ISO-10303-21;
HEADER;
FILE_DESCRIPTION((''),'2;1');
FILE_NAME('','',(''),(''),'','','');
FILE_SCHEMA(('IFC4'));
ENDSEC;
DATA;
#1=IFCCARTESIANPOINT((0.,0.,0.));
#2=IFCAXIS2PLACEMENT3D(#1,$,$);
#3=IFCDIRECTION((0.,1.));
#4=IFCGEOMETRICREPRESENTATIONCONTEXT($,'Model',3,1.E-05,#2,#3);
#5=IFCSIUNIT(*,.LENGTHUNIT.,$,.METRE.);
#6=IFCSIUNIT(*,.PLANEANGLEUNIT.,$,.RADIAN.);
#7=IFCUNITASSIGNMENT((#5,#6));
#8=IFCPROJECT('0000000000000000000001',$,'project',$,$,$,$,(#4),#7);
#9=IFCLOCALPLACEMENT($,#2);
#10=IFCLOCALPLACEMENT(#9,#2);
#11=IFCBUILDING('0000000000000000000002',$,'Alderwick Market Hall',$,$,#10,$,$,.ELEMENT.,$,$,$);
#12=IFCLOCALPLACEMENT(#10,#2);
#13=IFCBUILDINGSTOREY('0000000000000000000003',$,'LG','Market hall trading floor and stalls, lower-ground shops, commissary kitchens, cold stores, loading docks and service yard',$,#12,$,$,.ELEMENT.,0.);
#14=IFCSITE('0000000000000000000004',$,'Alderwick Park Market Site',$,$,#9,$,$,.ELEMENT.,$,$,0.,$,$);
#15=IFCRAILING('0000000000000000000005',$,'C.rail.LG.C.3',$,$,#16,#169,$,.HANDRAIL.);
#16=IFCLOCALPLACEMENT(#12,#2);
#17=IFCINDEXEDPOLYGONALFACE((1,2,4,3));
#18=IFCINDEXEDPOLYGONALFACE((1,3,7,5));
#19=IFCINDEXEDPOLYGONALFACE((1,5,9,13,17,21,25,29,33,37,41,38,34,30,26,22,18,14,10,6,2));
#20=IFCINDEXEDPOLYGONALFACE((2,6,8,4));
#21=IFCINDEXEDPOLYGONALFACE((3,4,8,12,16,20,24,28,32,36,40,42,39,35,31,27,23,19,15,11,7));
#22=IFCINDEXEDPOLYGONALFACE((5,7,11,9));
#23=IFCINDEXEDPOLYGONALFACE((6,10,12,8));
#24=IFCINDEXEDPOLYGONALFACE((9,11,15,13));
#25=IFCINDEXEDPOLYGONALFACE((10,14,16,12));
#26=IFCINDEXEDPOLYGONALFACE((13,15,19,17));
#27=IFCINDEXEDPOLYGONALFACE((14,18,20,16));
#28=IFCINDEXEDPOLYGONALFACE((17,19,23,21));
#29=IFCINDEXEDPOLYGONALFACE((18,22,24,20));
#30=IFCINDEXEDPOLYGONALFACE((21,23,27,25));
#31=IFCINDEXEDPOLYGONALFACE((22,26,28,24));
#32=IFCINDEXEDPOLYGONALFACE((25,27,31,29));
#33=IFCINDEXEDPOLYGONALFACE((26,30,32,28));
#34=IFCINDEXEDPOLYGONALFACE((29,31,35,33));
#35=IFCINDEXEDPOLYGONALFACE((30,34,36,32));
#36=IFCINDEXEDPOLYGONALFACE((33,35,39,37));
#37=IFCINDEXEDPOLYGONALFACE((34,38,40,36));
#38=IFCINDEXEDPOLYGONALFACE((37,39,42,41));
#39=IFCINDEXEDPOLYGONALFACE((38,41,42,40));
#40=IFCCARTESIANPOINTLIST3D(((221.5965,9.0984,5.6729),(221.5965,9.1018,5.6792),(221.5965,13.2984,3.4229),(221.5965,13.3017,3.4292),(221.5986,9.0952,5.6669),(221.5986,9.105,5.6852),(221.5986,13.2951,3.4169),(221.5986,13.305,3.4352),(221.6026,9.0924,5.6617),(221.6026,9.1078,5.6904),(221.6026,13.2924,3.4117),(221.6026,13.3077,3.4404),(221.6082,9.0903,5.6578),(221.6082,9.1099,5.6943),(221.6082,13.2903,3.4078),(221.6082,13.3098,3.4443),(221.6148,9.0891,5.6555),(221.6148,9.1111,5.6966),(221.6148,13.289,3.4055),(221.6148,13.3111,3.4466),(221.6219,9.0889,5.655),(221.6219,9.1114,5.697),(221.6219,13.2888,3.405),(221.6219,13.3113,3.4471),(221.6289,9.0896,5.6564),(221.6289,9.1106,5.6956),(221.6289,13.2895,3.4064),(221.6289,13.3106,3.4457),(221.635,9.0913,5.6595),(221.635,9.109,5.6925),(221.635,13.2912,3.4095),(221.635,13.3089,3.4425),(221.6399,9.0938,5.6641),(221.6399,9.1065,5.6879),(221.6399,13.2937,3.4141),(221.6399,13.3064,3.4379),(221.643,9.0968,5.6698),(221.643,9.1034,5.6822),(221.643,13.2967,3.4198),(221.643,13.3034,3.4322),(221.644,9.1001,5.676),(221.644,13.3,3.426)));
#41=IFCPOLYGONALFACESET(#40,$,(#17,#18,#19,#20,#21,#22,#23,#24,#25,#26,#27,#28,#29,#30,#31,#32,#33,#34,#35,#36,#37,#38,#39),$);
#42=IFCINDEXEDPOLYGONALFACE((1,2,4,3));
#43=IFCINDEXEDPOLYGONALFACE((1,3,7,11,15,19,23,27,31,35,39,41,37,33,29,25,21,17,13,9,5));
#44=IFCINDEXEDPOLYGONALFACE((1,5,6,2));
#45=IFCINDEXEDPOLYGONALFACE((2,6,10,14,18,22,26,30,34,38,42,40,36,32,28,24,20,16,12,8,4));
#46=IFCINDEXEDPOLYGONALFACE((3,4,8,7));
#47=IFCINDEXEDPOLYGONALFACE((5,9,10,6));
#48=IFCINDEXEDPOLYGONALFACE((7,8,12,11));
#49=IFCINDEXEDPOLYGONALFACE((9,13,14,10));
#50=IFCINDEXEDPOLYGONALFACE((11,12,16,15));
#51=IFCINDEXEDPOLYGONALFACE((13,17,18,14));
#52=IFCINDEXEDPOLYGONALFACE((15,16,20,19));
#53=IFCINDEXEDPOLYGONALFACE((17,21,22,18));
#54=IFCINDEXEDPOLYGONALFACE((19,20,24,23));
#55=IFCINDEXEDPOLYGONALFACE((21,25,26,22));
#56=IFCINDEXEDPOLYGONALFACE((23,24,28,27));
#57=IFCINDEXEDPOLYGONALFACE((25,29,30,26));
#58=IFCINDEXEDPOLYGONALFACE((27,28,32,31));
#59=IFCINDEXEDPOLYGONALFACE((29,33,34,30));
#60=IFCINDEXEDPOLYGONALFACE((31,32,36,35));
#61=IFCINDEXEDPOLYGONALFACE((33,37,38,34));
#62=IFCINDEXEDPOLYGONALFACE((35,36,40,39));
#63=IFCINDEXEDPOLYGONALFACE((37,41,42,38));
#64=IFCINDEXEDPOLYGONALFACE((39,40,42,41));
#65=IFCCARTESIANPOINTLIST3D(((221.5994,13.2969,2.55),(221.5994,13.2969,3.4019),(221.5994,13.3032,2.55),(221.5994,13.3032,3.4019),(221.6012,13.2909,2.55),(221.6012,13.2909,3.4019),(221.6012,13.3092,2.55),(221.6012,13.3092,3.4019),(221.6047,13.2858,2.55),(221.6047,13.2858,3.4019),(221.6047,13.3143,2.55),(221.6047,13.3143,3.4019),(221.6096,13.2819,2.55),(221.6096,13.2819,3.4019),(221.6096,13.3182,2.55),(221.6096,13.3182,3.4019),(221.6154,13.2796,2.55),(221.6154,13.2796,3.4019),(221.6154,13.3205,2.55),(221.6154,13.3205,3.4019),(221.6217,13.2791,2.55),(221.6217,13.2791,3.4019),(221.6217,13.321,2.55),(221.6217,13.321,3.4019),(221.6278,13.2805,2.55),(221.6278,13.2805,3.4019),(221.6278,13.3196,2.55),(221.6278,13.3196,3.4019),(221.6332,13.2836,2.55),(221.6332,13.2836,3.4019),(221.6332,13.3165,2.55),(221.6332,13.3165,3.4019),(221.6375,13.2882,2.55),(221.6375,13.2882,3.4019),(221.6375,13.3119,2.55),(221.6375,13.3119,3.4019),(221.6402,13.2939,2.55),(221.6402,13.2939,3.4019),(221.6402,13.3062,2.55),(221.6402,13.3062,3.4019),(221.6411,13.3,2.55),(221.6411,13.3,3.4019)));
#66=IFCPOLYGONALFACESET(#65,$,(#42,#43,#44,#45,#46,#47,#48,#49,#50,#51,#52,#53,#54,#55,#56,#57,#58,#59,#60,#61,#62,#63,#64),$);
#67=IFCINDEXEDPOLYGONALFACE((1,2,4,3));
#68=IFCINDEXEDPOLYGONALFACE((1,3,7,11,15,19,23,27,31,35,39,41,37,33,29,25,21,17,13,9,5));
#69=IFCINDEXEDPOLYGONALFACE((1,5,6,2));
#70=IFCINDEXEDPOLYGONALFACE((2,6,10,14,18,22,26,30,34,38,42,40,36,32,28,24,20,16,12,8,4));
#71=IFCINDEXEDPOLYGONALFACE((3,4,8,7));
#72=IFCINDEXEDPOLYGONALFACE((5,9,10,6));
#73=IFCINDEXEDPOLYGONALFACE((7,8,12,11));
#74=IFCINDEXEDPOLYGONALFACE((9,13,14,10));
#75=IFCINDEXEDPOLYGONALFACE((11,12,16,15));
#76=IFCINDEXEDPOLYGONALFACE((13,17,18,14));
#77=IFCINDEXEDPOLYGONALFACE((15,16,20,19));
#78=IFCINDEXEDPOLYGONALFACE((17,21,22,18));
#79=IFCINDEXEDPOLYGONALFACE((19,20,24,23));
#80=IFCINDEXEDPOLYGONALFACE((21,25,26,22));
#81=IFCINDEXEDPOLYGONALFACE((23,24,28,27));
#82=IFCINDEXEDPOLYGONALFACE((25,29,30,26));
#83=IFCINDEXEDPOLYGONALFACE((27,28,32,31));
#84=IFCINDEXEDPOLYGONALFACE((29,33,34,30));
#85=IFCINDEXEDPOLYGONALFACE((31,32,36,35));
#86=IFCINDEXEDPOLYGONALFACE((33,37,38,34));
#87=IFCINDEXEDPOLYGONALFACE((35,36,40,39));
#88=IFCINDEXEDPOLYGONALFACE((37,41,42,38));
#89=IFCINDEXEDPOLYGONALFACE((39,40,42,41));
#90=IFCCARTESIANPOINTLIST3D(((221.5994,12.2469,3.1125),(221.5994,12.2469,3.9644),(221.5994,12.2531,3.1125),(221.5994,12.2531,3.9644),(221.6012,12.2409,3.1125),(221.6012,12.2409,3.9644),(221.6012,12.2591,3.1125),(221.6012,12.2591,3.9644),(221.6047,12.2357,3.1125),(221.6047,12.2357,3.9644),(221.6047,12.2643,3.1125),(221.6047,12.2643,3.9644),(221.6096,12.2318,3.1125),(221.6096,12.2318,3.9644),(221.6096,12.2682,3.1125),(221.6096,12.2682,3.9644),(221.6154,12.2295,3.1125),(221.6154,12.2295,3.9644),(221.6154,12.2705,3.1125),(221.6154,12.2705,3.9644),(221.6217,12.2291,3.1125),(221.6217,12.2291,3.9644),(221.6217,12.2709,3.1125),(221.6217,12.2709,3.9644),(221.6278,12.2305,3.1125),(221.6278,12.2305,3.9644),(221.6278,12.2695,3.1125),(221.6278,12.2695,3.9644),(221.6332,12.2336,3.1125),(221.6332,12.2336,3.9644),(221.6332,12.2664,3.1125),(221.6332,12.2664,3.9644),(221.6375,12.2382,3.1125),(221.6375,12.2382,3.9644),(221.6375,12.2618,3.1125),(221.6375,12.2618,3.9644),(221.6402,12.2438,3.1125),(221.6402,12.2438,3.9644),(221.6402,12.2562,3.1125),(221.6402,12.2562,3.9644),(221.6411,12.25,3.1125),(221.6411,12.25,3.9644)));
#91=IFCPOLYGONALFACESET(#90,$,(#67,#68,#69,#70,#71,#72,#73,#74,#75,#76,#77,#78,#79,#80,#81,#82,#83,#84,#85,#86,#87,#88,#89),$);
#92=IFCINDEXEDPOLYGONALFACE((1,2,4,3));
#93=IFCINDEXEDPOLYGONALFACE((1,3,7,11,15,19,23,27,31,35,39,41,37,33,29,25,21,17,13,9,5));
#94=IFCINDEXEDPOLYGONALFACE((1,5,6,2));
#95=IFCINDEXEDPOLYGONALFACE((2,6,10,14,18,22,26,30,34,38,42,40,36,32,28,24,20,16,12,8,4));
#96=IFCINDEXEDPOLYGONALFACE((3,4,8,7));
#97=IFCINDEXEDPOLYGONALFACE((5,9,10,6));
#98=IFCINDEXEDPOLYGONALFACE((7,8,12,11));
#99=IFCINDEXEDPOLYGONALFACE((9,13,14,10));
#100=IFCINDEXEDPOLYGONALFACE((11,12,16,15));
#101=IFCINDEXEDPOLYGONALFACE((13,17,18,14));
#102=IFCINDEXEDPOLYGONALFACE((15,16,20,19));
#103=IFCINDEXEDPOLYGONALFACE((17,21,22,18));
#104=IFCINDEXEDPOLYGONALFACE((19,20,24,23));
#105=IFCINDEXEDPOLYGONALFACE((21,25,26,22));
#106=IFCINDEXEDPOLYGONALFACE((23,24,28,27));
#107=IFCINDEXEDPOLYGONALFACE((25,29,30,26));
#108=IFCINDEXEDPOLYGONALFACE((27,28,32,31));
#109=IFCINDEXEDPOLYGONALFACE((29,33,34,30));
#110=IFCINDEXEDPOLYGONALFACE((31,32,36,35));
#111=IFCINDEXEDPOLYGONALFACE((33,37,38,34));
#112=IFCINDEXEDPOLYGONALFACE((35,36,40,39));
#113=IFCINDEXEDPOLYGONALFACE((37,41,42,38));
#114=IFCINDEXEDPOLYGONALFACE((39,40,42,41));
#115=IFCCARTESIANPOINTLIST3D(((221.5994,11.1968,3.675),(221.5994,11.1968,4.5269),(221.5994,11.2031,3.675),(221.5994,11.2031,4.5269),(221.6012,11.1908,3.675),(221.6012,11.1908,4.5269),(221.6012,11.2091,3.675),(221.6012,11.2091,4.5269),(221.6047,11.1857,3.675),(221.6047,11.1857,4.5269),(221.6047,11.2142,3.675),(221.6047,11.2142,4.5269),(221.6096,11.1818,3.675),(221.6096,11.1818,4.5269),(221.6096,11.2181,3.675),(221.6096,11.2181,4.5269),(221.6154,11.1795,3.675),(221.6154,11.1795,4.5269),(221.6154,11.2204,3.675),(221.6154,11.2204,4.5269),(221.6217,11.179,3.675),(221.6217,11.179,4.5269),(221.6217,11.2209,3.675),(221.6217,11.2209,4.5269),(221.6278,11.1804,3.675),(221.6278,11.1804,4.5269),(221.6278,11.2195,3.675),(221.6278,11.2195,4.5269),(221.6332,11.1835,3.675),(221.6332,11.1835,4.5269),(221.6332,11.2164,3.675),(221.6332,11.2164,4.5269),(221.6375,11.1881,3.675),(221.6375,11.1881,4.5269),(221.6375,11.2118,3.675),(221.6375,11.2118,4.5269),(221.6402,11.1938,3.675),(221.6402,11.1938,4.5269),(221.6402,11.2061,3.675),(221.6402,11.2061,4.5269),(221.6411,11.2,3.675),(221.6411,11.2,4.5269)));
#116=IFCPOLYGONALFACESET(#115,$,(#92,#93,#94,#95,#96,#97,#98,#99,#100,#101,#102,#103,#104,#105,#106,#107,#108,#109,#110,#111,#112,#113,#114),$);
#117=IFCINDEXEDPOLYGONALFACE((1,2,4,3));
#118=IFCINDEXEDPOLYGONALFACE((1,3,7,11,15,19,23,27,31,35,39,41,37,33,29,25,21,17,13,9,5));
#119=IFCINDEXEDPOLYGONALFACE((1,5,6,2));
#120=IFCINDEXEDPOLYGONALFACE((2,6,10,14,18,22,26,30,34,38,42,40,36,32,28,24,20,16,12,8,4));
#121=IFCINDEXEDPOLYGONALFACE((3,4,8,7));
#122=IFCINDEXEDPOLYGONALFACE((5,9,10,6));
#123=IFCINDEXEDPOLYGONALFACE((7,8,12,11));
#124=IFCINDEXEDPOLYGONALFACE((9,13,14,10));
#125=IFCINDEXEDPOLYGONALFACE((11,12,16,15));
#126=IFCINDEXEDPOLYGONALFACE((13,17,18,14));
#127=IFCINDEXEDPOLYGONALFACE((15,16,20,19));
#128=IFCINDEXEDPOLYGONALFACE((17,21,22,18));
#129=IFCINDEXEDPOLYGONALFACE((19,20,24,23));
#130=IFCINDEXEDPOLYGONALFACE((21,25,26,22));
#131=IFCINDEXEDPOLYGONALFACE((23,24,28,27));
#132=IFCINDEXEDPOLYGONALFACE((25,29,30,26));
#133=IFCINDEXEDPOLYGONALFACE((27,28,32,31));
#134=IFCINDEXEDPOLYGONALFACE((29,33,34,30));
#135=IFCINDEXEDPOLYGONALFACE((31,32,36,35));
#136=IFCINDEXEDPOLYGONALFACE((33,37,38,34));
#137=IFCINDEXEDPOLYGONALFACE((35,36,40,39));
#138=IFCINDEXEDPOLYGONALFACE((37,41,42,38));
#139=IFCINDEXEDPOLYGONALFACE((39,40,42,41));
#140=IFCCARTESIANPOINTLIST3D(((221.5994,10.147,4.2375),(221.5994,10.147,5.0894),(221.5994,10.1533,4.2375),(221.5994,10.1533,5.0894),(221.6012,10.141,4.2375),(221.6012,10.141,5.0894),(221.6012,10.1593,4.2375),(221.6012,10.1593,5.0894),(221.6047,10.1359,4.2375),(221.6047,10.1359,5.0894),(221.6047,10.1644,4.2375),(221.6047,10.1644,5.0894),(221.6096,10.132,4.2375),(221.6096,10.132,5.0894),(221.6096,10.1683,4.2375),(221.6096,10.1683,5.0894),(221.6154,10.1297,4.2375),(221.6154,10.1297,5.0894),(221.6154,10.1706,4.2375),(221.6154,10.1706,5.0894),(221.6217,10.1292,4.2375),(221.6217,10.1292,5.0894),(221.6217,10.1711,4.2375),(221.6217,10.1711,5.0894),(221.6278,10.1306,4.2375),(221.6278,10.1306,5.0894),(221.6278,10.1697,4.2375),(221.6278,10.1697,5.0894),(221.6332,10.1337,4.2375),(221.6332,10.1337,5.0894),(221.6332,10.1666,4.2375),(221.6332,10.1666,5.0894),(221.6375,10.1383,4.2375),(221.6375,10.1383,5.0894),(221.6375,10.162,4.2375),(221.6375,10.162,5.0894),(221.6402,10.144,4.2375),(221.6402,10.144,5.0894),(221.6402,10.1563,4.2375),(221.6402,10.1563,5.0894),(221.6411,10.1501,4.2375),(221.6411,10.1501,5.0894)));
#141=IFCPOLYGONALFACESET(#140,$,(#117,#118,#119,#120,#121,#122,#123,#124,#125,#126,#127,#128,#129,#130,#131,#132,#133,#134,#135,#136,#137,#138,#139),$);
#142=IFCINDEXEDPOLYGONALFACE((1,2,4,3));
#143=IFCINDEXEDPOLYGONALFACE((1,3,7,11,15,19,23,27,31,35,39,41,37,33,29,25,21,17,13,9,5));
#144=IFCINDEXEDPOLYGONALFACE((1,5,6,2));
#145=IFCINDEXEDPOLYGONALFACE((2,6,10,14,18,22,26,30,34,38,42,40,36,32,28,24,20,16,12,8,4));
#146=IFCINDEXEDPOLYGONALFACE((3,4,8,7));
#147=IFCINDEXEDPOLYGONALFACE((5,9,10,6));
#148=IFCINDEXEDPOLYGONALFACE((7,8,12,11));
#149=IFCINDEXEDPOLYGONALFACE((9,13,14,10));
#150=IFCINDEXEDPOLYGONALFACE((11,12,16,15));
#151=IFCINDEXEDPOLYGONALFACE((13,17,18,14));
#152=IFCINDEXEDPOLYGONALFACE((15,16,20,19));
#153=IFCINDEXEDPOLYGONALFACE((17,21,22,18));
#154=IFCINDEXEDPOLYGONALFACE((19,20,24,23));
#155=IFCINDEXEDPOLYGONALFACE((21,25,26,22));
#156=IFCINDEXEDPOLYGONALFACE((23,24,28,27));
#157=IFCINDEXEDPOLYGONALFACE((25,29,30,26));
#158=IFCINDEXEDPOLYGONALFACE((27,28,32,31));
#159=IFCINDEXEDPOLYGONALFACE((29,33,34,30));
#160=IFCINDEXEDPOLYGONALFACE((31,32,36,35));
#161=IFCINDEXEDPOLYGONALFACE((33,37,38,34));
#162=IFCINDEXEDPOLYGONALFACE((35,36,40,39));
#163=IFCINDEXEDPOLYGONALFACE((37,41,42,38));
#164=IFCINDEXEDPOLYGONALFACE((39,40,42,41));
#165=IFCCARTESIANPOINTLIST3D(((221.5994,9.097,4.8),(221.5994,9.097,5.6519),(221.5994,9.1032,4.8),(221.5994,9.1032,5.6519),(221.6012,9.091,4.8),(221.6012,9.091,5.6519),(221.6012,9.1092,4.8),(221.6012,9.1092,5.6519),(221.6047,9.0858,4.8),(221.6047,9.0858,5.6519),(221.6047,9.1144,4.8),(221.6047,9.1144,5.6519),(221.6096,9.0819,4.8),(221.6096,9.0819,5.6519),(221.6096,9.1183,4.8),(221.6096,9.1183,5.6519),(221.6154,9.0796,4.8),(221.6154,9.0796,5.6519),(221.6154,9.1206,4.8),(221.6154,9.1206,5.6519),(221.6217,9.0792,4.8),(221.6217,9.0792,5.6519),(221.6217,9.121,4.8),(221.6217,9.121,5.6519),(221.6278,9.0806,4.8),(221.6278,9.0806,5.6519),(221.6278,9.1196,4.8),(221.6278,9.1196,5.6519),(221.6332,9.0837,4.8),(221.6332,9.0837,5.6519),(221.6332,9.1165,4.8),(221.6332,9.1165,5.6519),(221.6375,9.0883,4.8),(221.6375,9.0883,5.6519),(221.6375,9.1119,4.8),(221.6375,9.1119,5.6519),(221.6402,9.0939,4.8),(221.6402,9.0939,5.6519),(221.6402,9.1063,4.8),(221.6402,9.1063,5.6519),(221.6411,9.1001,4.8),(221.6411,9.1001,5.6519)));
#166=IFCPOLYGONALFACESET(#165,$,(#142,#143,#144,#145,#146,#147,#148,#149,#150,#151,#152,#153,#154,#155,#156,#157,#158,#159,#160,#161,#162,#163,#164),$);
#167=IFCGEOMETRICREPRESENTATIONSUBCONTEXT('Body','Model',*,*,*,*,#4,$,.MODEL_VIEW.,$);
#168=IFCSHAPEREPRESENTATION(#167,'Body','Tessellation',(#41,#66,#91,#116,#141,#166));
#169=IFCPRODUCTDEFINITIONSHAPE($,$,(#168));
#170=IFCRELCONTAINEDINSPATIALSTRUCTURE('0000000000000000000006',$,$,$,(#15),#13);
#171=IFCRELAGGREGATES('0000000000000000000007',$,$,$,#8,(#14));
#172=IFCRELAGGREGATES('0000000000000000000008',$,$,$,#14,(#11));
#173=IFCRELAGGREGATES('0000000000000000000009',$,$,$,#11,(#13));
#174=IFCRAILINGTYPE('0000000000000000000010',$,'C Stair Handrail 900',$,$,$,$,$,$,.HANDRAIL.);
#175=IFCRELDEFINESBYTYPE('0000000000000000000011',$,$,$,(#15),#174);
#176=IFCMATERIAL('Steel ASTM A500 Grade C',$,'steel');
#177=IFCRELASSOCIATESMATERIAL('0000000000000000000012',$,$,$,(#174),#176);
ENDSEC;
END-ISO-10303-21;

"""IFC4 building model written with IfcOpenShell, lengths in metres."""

from ifc_helpers import new_model, si_unit, direction, frame, origin, origin_2d, place, context, subcontext, project, spatial, circle, extrude, material, type_object, element, save


model = new_model("IFC4")

# Units and contexts
model_context = context("Model", 3, precision=1e-05, world=origin(), true_north=direction((0.0, 1.0)))
body_context = subcontext(model_context, "Body", "Model", "MODEL_VIEW")
ifc_project = project(units=[si_unit("LENGTHUNIT", "METRE"), si_unit("PLANEANGLEUNIT", "RADIAN")], contexts=[model_context])

# Site, building, storey
site_placement = place(None, origin())
site = spatial("IfcSite", under=ifc_project, at=site_placement, Name="Alderwick Park Market Site", CompositionType="ELEMENT", RefElevation=0.0)
building_placement = place(site_placement, origin())
building = spatial("IfcBuilding", under=site, at=building_placement, Name="Alderwick Market Hall", CompositionType="ELEMENT")
storey_placement = place(building_placement, origin())
storey = spatial("IfcBuildingStorey", under=building, at=storey_placement, Name="LG", Description="Market hall trading floor and stalls, lower-ground shops, commissary kitchens, cold stores, loading docks and service yard", CompositionType="ELEMENT", Elevation=0.0)

# Railing
ifc_material_1 = material(Name="Steel ASTM A500 Grade C", Category="steel")
railing_type = type_object("IfcRailingType", Name="C Stair Handrail 900", PredefinedType="HANDRAIL", material=ifc_material_1)
for number, where, name in (
    (1, (221.6201, 13.3, 2.55), "C.rail.LG.C.3"),
):
    element("IfcRailing", number, at=place(storey_placement, frame(where)), inside=storey, type_object=railing_type, Name=name, PredefinedType="HANDRAIL", context=body_context, shape_type="SweptSolid", body=[
        extrude(circle(Radius=0.0239, at=origin_2d()), frame((0.0, 0.0, 0.876), z_axis=(0.0, -0.881478, 0.472226), x_axis=(1.0, 0.0, 0.0)), (0.0, 0.0, 1.0), 4.7646),
        extrude(circle(Radius=0.021, at=origin_2d()), origin(), (0.0, 0.0, 1.0), 0.8518),
        extrude(circle(Radius=0.021, at=origin_2d()), frame((0.0, -1.05, 0.5625)), (0.0, 0.0, 1.0), 0.8518),
        extrude(circle(Radius=0.021, at=origin_2d()), frame((0.0, -2.1001, 1.125)), (0.0, 0.0, 1.0), 0.8518),
        extrude(circle(Radius=0.021, at=origin_2d()), frame((0.0, -3.1499, 1.6875)), (0.0, 0.0, 1.0), 0.8518),
        extrude(circle(Radius=0.021, at=origin_2d()), frame((0.0, -4.2, 2.25)), (0.0, 0.0, 1.0), 0.8518),
    ])

save(model, "model.ifc")
